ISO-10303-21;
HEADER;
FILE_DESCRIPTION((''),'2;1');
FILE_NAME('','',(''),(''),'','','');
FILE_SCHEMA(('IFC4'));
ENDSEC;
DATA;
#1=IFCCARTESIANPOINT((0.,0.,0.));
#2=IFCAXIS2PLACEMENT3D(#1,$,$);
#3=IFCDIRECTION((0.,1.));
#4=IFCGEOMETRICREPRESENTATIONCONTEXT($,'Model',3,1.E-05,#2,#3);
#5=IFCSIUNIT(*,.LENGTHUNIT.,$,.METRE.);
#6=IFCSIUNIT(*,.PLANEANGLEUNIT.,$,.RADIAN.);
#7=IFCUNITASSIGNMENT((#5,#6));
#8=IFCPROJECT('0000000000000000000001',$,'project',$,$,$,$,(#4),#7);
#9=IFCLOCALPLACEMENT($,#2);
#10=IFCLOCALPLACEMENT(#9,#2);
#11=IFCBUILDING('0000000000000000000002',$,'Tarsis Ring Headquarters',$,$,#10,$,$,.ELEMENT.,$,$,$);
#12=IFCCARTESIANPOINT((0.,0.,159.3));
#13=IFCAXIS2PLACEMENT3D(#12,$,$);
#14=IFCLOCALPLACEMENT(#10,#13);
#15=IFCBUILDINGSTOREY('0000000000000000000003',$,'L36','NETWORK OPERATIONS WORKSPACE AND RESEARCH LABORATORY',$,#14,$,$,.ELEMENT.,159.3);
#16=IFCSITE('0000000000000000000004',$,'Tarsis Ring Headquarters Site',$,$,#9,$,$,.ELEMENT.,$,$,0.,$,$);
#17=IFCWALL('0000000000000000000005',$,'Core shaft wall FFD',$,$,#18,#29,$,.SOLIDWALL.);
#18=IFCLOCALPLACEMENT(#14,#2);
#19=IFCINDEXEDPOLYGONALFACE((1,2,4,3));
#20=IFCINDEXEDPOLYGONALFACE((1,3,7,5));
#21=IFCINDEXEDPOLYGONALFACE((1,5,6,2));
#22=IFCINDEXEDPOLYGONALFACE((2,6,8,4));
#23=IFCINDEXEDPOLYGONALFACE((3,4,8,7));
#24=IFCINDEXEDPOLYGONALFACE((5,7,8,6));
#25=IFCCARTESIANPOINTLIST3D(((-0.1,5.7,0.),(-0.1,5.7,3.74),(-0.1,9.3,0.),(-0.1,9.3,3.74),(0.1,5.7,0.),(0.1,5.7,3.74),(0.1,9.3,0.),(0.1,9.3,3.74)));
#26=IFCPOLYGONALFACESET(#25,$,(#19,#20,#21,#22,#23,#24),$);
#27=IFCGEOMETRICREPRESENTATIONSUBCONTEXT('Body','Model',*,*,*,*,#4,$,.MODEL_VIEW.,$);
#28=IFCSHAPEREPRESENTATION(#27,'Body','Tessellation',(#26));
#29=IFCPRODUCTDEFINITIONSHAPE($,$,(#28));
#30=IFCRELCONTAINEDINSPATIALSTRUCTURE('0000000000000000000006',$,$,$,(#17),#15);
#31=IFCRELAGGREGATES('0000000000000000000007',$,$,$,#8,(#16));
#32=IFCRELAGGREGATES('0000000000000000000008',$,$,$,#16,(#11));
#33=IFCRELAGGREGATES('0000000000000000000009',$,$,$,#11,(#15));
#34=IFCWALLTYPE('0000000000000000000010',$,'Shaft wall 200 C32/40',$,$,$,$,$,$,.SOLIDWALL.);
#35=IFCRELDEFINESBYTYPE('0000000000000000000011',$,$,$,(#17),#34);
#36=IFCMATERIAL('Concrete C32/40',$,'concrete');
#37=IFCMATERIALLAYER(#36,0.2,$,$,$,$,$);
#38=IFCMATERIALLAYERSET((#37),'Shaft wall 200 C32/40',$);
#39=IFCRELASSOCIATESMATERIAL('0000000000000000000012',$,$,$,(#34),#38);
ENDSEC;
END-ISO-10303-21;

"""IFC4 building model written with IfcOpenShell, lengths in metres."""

from ifc_helpers import new_model, si_unit, direction, frame, frame_2d, origin, place, context, subcontext, project, spatial, rectangle, extrude, material, layer, layer_set, type_object, element, save


model = new_model("IFC4")

# Units and contexts
model_context = context("Model", 3, precision=1e-05, world=origin(), true_north=direction((0.0, 1.0)))
body_context = subcontext(model_context, "Body", "Model", "MODEL_VIEW")
ifc_project = project(units=[si_unit("LENGTHUNIT", "METRE"), si_unit("PLANEANGLEUNIT", "RADIAN")], contexts=[model_context])

# Site, building, storey
site_placement = place(None, origin())
site = spatial("IfcSite", under=ifc_project, at=site_placement, Name="Tarsis Ring Headquarters Site", CompositionType="ELEMENT", RefElevation=0.0)
building_placement = place(site_placement, origin())
building = spatial("IfcBuilding", under=site, at=building_placement, Name="Tarsis Ring Headquarters", CompositionType="ELEMENT")
storey_placement = place(building_placement, frame((0.0, 0.0, 159.3)))
storey = spatial("IfcBuildingStorey", under=building, at=storey_placement, Name="L36", Description="NETWORK OPERATIONS WORKSPACE AND RESEARCH LABORATORY", CompositionType="ELEMENT", Elevation=159.3)

# Shared definitions
ifc_material_1 = material(Name="Concrete C32/40", Category="concrete")
ifc_layer_1 = layer(ifc_material_1, 0.2)
ifc_layer_set_1 = layer_set([ifc_layer_1], Name="Shaft wall 200 C32/40")
wall_type_1 = type_object("IfcWallType", Name="Shaft wall 200 C32/40", PredefinedType="SOLIDWALL", material=ifc_layer_set_1)

# Wall
wall_1_placement = place(storey_placement, frame((0.0, 5.7, 0.0), z_axis=(0.0, 0.0, 1.0), x_axis=(0.0, 1.0, 0.0)))
element("IfcWall", 1, at=wall_1_placement, inside=storey, type_object=wall_type_1, Name="Core shaft wall FFD", PredefinedType="SOLIDWALL", context=body_context, shape_type="SweptSolid", body=[
    extrude(rectangle(XDim=3.6001, YDim=0.2, at=frame_2d((1.8, 0.0))), origin(), (0.0, 0.0, 1.0), 3.74),
])

save(model, "model.ifc")
